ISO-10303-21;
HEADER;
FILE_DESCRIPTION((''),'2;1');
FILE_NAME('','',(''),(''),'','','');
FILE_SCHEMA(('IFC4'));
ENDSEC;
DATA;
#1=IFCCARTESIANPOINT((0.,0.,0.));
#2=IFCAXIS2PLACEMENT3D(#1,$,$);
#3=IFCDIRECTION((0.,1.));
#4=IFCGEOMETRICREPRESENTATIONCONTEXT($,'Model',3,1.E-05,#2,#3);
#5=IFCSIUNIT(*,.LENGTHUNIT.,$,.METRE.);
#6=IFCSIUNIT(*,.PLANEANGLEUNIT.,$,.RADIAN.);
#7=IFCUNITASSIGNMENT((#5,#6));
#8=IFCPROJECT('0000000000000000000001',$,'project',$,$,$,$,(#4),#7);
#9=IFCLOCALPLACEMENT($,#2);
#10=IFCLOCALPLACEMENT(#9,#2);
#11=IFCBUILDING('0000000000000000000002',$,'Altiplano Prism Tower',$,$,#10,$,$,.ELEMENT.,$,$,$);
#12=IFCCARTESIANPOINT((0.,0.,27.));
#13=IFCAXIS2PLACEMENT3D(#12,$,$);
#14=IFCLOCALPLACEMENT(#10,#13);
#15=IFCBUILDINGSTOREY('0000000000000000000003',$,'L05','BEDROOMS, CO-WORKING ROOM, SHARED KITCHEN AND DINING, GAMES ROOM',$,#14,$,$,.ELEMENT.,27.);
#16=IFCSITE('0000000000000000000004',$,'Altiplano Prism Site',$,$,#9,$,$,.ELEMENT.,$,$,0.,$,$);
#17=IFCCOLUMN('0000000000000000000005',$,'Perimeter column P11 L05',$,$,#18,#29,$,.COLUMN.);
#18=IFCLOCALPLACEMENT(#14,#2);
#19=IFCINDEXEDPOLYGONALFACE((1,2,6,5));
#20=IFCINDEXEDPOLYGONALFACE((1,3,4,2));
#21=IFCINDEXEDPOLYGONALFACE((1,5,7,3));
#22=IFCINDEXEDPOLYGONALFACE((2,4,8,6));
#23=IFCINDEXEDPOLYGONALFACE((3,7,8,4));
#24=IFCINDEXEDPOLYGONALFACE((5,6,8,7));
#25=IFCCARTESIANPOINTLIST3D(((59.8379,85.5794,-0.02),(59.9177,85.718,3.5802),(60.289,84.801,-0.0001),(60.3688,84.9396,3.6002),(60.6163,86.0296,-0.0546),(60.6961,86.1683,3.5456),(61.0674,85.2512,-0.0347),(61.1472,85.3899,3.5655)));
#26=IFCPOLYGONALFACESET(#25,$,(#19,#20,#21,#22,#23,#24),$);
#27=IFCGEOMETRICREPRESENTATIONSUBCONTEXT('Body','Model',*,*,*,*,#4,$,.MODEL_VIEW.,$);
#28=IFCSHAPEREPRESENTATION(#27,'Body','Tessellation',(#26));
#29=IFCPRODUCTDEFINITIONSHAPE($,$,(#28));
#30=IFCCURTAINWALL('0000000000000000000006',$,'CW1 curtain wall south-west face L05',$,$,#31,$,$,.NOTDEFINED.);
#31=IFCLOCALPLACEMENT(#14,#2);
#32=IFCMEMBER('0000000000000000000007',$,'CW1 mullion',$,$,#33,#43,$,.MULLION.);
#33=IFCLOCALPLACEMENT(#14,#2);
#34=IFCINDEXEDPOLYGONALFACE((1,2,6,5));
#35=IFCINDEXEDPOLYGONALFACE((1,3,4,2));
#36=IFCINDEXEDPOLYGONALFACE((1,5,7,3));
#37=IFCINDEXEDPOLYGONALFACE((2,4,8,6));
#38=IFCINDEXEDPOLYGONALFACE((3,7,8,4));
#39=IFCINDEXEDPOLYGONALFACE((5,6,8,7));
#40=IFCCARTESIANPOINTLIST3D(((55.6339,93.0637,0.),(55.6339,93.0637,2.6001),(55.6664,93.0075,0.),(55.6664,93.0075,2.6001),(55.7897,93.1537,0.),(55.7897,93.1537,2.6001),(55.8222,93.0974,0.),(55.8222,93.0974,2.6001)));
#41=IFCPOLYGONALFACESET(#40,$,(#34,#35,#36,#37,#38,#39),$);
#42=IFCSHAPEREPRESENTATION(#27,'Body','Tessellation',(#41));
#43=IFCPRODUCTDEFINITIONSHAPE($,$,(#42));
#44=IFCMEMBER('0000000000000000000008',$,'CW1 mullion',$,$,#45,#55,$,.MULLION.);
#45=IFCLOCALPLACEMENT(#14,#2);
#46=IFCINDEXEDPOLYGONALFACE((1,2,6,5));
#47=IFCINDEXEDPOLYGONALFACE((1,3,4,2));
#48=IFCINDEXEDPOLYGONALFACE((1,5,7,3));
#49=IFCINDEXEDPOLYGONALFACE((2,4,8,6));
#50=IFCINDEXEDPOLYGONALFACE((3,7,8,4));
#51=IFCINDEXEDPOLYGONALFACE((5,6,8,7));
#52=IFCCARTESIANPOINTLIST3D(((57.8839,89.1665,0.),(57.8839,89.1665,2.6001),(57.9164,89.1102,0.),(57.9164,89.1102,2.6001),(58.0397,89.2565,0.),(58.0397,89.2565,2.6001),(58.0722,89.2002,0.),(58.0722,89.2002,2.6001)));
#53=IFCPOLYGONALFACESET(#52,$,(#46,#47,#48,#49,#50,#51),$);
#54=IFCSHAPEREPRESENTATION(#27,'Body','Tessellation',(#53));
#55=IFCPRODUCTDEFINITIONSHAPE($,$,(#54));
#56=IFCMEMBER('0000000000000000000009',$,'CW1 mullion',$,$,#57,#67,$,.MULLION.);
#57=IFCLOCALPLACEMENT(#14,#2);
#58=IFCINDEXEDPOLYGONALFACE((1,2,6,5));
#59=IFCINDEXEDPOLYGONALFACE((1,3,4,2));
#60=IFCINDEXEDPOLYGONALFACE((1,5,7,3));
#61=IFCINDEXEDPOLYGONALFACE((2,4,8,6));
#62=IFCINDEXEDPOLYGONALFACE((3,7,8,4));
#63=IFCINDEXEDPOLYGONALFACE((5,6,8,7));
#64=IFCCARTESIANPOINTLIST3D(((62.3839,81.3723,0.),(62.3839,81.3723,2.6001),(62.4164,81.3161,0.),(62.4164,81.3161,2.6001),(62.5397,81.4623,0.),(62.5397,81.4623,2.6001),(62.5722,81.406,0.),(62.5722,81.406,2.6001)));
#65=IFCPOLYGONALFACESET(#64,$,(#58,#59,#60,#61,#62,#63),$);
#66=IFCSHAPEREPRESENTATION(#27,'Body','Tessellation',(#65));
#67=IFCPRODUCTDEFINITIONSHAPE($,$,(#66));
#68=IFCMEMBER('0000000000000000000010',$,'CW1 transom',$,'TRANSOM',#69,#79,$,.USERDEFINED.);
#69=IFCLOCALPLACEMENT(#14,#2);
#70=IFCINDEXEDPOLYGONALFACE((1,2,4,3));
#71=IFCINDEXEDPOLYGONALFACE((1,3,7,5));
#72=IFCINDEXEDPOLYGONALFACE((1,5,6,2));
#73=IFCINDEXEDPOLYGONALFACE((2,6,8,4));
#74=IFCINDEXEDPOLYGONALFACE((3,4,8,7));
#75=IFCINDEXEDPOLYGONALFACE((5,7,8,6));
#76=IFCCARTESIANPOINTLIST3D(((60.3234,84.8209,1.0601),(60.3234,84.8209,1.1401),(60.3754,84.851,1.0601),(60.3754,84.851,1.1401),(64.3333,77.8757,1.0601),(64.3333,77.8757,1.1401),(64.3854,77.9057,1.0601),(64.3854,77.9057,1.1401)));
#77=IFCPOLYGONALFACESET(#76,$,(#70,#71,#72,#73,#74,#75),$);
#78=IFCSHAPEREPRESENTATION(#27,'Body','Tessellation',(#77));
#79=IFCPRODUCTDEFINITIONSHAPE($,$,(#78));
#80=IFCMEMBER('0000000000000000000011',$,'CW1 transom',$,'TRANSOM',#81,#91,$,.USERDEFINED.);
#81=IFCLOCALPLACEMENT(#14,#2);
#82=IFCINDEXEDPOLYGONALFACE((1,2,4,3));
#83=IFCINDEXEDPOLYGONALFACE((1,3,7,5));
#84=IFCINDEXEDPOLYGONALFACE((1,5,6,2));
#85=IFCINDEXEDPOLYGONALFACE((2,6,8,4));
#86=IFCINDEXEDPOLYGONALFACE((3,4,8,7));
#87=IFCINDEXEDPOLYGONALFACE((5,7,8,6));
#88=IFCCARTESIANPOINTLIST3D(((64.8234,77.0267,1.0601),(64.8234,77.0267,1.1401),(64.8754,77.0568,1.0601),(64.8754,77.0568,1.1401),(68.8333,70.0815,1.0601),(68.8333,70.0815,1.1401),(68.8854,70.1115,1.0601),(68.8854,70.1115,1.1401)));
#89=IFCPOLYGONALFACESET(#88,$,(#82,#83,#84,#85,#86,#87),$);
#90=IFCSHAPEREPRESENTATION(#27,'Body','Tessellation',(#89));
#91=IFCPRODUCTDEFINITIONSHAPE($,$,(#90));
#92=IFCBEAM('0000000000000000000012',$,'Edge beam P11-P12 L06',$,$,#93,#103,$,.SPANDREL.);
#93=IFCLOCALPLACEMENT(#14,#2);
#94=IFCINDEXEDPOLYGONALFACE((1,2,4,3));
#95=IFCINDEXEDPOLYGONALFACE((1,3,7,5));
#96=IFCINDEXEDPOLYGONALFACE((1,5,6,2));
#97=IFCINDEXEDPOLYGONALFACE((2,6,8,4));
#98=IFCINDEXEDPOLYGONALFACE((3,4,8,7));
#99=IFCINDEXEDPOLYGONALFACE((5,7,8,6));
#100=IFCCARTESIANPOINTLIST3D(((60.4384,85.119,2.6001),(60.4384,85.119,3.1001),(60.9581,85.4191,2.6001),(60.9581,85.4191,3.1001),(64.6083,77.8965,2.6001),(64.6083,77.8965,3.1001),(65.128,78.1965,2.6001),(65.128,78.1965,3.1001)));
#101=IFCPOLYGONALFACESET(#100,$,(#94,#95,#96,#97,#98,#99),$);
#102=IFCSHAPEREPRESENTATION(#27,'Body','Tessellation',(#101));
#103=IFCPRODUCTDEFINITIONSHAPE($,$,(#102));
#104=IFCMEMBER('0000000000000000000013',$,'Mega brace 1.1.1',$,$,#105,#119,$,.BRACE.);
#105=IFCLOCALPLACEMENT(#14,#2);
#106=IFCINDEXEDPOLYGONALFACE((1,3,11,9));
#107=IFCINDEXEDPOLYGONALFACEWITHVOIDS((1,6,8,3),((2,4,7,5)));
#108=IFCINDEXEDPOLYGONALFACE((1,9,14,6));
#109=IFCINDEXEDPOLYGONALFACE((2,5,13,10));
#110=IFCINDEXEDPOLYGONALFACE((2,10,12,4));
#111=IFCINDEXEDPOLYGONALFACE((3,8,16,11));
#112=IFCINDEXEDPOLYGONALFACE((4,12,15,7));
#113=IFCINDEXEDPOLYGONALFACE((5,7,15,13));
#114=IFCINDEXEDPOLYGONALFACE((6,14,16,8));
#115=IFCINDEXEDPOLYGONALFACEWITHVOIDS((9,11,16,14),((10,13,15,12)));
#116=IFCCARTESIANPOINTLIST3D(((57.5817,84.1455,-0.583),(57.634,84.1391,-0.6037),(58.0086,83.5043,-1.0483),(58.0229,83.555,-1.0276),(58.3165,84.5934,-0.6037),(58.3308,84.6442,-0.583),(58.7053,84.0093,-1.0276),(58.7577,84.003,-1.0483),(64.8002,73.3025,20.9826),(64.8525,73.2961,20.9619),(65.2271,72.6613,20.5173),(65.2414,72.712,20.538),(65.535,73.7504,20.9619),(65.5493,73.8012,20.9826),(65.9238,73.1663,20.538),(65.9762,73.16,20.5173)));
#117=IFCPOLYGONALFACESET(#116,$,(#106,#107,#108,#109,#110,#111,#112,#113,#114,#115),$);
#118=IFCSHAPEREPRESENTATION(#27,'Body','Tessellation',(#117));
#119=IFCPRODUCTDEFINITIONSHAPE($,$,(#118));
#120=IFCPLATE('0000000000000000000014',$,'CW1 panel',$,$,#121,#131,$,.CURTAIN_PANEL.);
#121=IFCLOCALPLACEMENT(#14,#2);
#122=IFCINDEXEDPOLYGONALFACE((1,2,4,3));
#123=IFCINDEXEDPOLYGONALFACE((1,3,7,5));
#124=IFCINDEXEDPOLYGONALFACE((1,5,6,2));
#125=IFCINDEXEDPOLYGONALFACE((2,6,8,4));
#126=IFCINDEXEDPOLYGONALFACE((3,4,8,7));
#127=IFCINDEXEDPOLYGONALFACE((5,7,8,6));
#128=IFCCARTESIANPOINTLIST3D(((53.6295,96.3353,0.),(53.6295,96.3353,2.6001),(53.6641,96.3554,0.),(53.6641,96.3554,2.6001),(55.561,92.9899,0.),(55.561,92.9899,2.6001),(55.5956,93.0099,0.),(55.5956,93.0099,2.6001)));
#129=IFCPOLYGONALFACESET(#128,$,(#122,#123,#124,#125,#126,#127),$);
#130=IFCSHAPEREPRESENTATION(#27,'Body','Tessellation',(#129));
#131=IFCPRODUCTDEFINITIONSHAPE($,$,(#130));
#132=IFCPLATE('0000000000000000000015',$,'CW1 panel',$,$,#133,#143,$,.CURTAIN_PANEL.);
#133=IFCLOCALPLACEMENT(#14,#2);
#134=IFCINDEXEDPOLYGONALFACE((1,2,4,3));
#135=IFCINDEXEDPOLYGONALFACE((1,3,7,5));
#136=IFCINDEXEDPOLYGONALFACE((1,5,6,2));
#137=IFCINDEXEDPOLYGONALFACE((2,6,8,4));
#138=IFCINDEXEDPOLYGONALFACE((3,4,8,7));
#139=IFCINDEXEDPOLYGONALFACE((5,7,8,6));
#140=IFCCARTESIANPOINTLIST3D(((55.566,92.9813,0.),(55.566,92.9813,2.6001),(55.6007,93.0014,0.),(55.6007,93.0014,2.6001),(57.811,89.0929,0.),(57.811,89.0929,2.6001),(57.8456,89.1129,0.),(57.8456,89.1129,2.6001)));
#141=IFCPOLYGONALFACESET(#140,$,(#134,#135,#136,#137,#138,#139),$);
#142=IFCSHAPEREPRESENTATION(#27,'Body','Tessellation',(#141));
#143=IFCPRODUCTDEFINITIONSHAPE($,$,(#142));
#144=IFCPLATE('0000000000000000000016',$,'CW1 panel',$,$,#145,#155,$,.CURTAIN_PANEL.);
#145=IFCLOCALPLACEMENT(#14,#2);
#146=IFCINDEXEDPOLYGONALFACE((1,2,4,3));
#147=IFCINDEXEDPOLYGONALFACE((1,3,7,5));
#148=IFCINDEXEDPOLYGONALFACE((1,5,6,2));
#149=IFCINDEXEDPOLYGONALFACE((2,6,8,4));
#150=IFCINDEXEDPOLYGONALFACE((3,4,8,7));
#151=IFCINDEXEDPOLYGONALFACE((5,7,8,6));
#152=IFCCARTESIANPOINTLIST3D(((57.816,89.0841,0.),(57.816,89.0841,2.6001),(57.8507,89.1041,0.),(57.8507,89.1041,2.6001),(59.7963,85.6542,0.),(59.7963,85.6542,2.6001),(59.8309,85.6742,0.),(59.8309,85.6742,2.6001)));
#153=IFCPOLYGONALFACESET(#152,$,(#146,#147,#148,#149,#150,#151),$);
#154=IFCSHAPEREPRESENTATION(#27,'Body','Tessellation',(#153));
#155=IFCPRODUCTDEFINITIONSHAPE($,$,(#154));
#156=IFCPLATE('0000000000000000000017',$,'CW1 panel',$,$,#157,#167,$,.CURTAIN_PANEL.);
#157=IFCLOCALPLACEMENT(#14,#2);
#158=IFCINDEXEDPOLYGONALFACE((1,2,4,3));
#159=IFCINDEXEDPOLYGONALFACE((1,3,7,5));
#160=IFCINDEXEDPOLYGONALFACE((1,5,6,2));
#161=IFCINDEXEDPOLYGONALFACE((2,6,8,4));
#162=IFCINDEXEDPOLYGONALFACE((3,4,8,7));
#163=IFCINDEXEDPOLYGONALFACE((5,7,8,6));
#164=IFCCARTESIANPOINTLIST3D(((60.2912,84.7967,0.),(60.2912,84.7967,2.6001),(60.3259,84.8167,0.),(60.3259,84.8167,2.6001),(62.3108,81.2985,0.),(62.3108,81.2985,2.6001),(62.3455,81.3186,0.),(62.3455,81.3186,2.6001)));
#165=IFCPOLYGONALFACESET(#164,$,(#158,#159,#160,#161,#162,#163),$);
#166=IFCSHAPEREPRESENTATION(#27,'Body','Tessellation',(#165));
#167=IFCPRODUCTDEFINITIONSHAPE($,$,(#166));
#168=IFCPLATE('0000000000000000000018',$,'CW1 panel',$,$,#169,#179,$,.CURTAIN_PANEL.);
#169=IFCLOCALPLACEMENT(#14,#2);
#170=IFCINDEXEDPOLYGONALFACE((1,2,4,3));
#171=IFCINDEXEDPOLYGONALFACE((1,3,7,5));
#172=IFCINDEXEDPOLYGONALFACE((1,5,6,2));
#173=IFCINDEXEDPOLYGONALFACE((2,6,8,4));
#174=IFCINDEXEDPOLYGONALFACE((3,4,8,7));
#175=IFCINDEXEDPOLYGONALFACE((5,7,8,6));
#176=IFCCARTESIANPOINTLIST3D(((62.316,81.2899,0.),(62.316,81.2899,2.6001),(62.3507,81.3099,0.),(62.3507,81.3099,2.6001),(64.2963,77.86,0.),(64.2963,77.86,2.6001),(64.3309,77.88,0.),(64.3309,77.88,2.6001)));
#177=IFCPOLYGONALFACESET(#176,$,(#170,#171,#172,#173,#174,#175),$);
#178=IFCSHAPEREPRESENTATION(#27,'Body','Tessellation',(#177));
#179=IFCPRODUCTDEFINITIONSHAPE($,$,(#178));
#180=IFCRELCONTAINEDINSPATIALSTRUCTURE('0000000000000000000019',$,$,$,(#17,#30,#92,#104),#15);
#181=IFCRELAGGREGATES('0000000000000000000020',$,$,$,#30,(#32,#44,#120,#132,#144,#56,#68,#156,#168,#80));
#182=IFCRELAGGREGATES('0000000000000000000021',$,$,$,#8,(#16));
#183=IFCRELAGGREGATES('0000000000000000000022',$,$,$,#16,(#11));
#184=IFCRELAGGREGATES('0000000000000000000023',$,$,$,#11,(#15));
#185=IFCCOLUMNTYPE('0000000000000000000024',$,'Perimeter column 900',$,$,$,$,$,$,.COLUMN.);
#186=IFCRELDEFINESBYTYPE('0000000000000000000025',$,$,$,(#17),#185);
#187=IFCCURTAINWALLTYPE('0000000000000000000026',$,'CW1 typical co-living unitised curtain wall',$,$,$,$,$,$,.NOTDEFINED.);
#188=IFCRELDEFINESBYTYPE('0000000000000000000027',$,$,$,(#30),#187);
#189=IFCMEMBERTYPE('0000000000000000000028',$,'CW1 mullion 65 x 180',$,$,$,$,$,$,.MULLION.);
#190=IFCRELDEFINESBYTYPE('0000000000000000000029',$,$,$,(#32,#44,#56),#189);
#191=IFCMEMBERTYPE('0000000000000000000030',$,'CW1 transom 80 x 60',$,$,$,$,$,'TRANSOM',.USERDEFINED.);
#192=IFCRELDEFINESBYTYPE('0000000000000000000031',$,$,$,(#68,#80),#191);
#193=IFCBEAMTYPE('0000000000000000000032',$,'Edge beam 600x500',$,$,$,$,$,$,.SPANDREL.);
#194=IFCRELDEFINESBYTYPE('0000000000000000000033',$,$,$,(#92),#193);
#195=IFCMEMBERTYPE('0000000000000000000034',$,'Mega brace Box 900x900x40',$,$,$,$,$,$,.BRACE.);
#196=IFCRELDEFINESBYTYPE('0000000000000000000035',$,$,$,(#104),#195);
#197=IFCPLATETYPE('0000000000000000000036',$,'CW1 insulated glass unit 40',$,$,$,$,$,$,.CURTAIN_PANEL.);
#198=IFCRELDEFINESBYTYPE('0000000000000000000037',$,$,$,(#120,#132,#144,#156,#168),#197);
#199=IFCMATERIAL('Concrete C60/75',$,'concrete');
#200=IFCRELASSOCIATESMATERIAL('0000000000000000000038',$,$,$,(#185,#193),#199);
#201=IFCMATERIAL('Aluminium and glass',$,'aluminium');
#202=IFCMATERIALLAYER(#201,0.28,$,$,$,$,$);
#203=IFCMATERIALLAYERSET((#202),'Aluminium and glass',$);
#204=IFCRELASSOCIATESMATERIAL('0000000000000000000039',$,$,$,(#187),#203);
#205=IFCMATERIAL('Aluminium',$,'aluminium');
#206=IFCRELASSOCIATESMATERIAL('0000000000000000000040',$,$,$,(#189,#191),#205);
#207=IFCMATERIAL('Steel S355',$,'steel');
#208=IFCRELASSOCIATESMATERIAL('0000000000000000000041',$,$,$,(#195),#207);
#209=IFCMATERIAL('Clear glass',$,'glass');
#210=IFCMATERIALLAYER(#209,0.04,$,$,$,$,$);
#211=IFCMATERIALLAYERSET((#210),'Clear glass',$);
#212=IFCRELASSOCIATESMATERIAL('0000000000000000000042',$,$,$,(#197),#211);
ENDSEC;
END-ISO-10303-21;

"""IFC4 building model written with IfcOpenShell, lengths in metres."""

from ifc_helpers import new_model, si_unit, direction, frame, origin, origin_2d, place, context, subcontext, project, spatial, rectangle, hollow_rectangle, extrude, material, layer, layer_set, material_profile, profile_set, type_object, element, aggregate, save


model = new_model("IFC4")

# Units and contexts
model_context = context("Model", 3, precision=1e-05, world=origin(), true_north=direction((0.0, 1.0)))
body_context = subcontext(model_context, "Body", "Model", "MODEL_VIEW")
ifc_project = project(units=[si_unit("LENGTHUNIT", "METRE"), si_unit("PLANEANGLEUNIT", "RADIAN")], contexts=[model_context])

# Site, building, storey
site_placement = place(None, origin())
site = spatial("IfcSite", under=ifc_project, at=site_placement, Name="Altiplano Prism Site", CompositionType="ELEMENT", RefElevation=0.0)
building_placement = place(site_placement, origin())
building = spatial("IfcBuilding", under=site, at=building_placement, Name="Altiplano Prism Tower", CompositionType="ELEMENT")
storey_placement = place(building_placement, frame((0.0, 0.0, 27.0)))
storey = spatial("IfcBuildingStorey", under=building, at=storey_placement, Name="L05", Description="BEDROOMS, CO-WORKING ROOM, SHARED KITCHEN AND DINING, GAMES ROOM", CompositionType="ELEMENT", Elevation=27.0)

# Column
ifc_material_1 = material(Name="Concrete C60/75", Category="concrete")
ifc_material_profile_1 = material_profile(ifc_material_1, rectangle(XDim=0.8999, YDim=0.8999, at=origin_2d()), Name="Perimeter column 900")
ifc_profile_set_1 = profile_set([ifc_material_profile_1], Name="Concrete C60/75")
column_type = type_object("IfcColumnType", Name="Perimeter column 900", PredefinedType="COLUMN", material=ifc_profile_set_1)
column_placement = place(storey_placement, frame((60.4526, 85.4153, -0.0273), z_axis=(0.022154, 0.038481, 0.999014), x_axis=(-0.864982, -0.500327, 0.038453)))
element("IfcColumn", 1, at=column_placement, inside=storey, type_object=column_type, Name="Perimeter column P11 L05", PredefinedType="COLUMN", context=body_context, shape_type="SweptSolid", body=[
    extrude(rectangle(XDim=0.8999, YDim=0.8999, at=origin_2d()), origin(), (0.0, 0.0, 1.0), 3.6038),
])

# Curtain wall, members
ifc_material_2 = material(Name="Aluminium and glass", Category="aluminium")
ifc_layer_1 = layer(ifc_material_2, 0.28)
ifc_layer_set_1 = layer_set([ifc_layer_1], Name="Aluminium and glass")
curtain_wall_type = type_object("IfcCurtainWallType", Name="CW1 typical co-living unitised curtain wall", PredefinedType="NOTDEFINED", material=ifc_layer_set_1)
curtain_wall_placement = place(storey_placement, origin())
curtain_wall = element("IfcCurtainWall", 2, at=curtain_wall_placement, inside=storey, type_object=curtain_wall_type, Name="CW1 curtain wall south-west face L05", PredefinedType="NOTDEFINED")
ifc_material_3 = material(Name="Aluminium", Category="aluminium")
ifc_material_profile_2 = material_profile(ifc_material_3, rectangle(XDim=0.1799, YDim=0.0649, at=origin_2d()), Name="CW1 mullion 65 x 180")
ifc_profile_set_2 = profile_set([ifc_material_profile_2], Name="Aluminium")
member_type_1 = type_object("IfcMemberType", Name="CW1 mullion 65 x 180", PredefinedType="MULLION", material=ifc_profile_set_2)
member_1_placement = place(storey_placement, frame((55.728, 93.0806, 0.0), z_axis=(0.0, 0.0, 1.0), x_axis=(0.866025, 0.5, 0.0)))
member_1 = element("IfcMember", 3, at=member_1_placement, type_object=member_type_1, Name="CW1 mullion", PredefinedType="MULLION", context=body_context, shape_type="SweptSolid", body=[
    extrude(rectangle(XDim=0.1799, YDim=0.0649, at=origin_2d()), origin(), (0.0, 0.0, 1.0), 2.6001),
])
member_2_placement = place(storey_placement, frame((57.978, 89.1833, 0.0), z_axis=(0.0, 0.0, 1.0), x_axis=(0.866025, 0.5, 0.0)))
member_2 = element("IfcMember", 4, at=member_2_placement, type_object=member_type_1, Name="CW1 mullion", PredefinedType="MULLION", context=body_context, shape_type="SweptSolid", body=[
    extrude(rectangle(XDim=0.1799, YDim=0.0649, at=origin_2d()), origin(), (0.0, 0.0, 1.0), 2.6001),
])
member_3_placement = place(storey_placement, frame((62.478, 81.3892, 0.0), z_axis=(0.0, 0.0, 1.0), x_axis=(0.866025, 0.5, 0.0)))
member_3 = element("IfcMember", 5, at=member_3_placement, type_object=member_type_1, Name="CW1 mullion", PredefinedType="MULLION", context=body_context, shape_type="SweptSolid", body=[
    extrude(rectangle(XDim=0.1799, YDim=0.0649, at=origin_2d()), origin(), (0.0, 0.0, 1.0), 2.6001),
])
ifc_material_profile_3 = material_profile(ifc_material_3, rectangle(XDim=0.0601, YDim=0.0801, at=origin_2d()), Name="CW1 transom 80 x 60")
ifc_profile_set_3 = profile_set([ifc_material_profile_3], Name="Aluminium")
member_type_2 = type_object("IfcMemberType", Name="CW1 transom 80 x 60", ElementType="TRANSOM", PredefinedType="USERDEFINED", material=ifc_profile_set_3)
member_4_placement = place(storey_placement, frame((60.3494, 84.8359, 1.1001), z_axis=(0.500012, -0.866018, 0.0), x_axis=(0.866018, 0.500012, 0.0)))
member_4 = element("IfcMember", 6, at=member_4_placement, type_object=member_type_2, Name="CW1 transom", ObjectType="TRANSOM", PredefinedType="USERDEFINED", context=body_context, shape_type="SweptSolid", body=[
    extrude(rectangle(XDim=0.0601, YDim=0.0801, at=origin_2d()), origin(), (0.0, 0.0, 1.0), 8.0198),
])
member_5_placement = place(storey_placement, frame((64.8494, 77.0417, 1.1001), z_axis=(0.500012, -0.866018, 0.0), x_axis=(0.866018, 0.500012, 0.0)))
member_5 = element("IfcMember", 7, at=member_5_placement, type_object=member_type_2, Name="CW1 transom", ObjectType="TRANSOM", PredefinedType="USERDEFINED", context=body_context, shape_type="SweptSolid", body=[
    extrude(rectangle(XDim=0.0601, YDim=0.0801, at=origin_2d()), origin(), (0.0, 0.0, 1.0), 8.0198),
])

# Beam
ifc_material_profile_4 = material_profile(ifc_material_1, rectangle(XDim=0.6001, YDim=0.5, at=origin_2d()), Name="Edge beam 600x500")
ifc_profile_set_4 = profile_set([ifc_material_profile_4], Name="Concrete C60/75")
beam_type = type_object("IfcBeamType", Name="Edge beam 600x500", PredefinedType="SPANDREL", material=ifc_profile_set_4)
beam_placement = place(storey_placement, frame((60.6982, 85.269, 2.8501), z_axis=(0.499993, -0.86603, 0.0), x_axis=(0.86603, 0.499993, 0.0)))
element("IfcBeam", 8, at=beam_placement, inside=storey, type_object=beam_type, Name="Edge beam P11-P12 L06", PredefinedType="SPANDREL", context=body_context, shape_type="SweptSolid", body=[
    extrude(rectangle(XDim=0.6001, YDim=0.5, at=origin_2d()), origin(), (0.0, 0.0, 1.0), 8.3398),
])

# Member
ifc_material_4 = material(Name="Steel S355", Category="steel")
ifc_material_profile_5 = material_profile(ifc_material_4, hollow_rectangle(XDim=0.8999, YDim=0.8999, WallThickness=0.04, at=origin_2d()), Name="Mega brace Box 900x900x40")
ifc_profile_set_5 = profile_set([ifc_material_profile_5], Name="Steel S355")
member_type_3 = type_object("IfcMemberType", Name="Mega brace Box 900x900x40", PredefinedType="BRACE", material=ifc_profile_set_5)
member_6_placement = place(storey_placement, frame((58.1697, 84.0742, -0.8157), z_axis=(0.286513, -0.430375, 0.855972), x_axis=(0.832411, 0.554159, 0.0)))
element("IfcMember", 9, at=member_6_placement, inside=storey, type_object=member_type_3, Name="Mega brace 1.1.1", PredefinedType="BRACE", context=body_context, shape_type="SweptSolid", body=[
    extrude(hollow_rectangle(XDim=0.8999, YDim=0.8999, WallThickness=0.04, at=origin_2d()), origin(), (0.0, 0.0, 1.0), 25.1943),
])

# Plates
ifc_material_5 = material(Name="Clear glass", Category="glass")
ifc_layer_2 = layer(ifc_material_5, 0.04)
ifc_layer_set_2 = layer_set([ifc_layer_2], Name="Clear glass")
plate_type = type_object("IfcPlateType", Name="CW1 insulated glass unit 40", PredefinedType="CURTAIN_PANEL", material=ifc_layer_set_2)
plate_1_placement = place(storey_placement, frame((54.6125, 94.6726, 0.0), z_axis=(0.0, 0.0, 1.0), x_axis=(0.5, -0.866025, 0.0)))
plate_1 = element("IfcPlate", 10, at=plate_1_placement, type_object=plate_type, Name="CW1 panel", PredefinedType="CURTAIN_PANEL", context=body_context, shape_type="SweptSolid", body=[
    extrude(rectangle(XDim=3.863, YDim=0.04, at=origin_2d()), origin(), (0.0, 0.0, 1.0), 2.6001),
])
plate_2_placement = place(storey_placement, frame((56.7058, 91.0471, 0.0), z_axis=(0.0, 0.0, 1.0), x_axis=(0.5, -0.866025, 0.0)))
plate_2 = element("IfcPlate", 11, at=plate_2_placement, type_object=plate_type, Name="CW1 panel", PredefinedType="CURTAIN_PANEL", context=body_context, shape_type="SweptSolid", body=[
    extrude(rectangle(XDim=4.49, YDim=0.04, at=origin_2d()), origin(), (0.0, 0.0, 1.0), 2.6001),
])
plate_3_placement = place(storey_placement, frame((58.8235, 87.3792, 0.0), z_axis=(0.0, 0.0, 1.0), x_axis=(0.5, -0.866025, 0.0)))
plate_3 = element("IfcPlate", 12, at=plate_3_placement, type_object=plate_type, Name="CW1 panel", PredefinedType="CURTAIN_PANEL", context=body_context, shape_type="SweptSolid", body=[
    extrude(rectangle(XDim=3.9604, YDim=0.04, at=origin_2d()), origin(), (0.0, 0.0, 1.0), 2.6001),
])
plate_4_placement = place(storey_placement, frame((61.3184, 83.0576, 0.0), z_axis=(0.0, 0.0, 1.0), x_axis=(0.5, -0.866025, 0.0)))
plate_4 = element("IfcPlate", 13, at=plate_4_placement, type_object=plate_type, Name="CW1 panel", PredefinedType="CURTAIN_PANEL", context=body_context, shape_type="SweptSolid", body=[
    extrude(rectangle(XDim=4.0393, YDim=0.04, at=origin_2d()), origin(), (0.0, 0.0, 1.0), 2.6001),
])
plate_5_placement = place(storey_placement, frame((63.3235, 79.585, 0.0), z_axis=(0.0, 0.0, 1.0), x_axis=(0.5, -0.866025, 0.0)))
plate_5 = element("IfcPlate", 14, at=plate_5_placement, type_object=plate_type, Name="CW1 panel", PredefinedType="CURTAIN_PANEL", context=body_context, shape_type="SweptSolid", body=[
    extrude(rectangle(XDim=3.9604, YDim=0.04, at=origin_2d()), origin(), (0.0, 0.0, 1.0), 2.6001),
])
aggregate(curtain_wall, [member_1, member_2, plate_1, plate_2, plate_3, member_3, member_4, plate_4, plate_5, member_5])

save(model, "model.ifc")
